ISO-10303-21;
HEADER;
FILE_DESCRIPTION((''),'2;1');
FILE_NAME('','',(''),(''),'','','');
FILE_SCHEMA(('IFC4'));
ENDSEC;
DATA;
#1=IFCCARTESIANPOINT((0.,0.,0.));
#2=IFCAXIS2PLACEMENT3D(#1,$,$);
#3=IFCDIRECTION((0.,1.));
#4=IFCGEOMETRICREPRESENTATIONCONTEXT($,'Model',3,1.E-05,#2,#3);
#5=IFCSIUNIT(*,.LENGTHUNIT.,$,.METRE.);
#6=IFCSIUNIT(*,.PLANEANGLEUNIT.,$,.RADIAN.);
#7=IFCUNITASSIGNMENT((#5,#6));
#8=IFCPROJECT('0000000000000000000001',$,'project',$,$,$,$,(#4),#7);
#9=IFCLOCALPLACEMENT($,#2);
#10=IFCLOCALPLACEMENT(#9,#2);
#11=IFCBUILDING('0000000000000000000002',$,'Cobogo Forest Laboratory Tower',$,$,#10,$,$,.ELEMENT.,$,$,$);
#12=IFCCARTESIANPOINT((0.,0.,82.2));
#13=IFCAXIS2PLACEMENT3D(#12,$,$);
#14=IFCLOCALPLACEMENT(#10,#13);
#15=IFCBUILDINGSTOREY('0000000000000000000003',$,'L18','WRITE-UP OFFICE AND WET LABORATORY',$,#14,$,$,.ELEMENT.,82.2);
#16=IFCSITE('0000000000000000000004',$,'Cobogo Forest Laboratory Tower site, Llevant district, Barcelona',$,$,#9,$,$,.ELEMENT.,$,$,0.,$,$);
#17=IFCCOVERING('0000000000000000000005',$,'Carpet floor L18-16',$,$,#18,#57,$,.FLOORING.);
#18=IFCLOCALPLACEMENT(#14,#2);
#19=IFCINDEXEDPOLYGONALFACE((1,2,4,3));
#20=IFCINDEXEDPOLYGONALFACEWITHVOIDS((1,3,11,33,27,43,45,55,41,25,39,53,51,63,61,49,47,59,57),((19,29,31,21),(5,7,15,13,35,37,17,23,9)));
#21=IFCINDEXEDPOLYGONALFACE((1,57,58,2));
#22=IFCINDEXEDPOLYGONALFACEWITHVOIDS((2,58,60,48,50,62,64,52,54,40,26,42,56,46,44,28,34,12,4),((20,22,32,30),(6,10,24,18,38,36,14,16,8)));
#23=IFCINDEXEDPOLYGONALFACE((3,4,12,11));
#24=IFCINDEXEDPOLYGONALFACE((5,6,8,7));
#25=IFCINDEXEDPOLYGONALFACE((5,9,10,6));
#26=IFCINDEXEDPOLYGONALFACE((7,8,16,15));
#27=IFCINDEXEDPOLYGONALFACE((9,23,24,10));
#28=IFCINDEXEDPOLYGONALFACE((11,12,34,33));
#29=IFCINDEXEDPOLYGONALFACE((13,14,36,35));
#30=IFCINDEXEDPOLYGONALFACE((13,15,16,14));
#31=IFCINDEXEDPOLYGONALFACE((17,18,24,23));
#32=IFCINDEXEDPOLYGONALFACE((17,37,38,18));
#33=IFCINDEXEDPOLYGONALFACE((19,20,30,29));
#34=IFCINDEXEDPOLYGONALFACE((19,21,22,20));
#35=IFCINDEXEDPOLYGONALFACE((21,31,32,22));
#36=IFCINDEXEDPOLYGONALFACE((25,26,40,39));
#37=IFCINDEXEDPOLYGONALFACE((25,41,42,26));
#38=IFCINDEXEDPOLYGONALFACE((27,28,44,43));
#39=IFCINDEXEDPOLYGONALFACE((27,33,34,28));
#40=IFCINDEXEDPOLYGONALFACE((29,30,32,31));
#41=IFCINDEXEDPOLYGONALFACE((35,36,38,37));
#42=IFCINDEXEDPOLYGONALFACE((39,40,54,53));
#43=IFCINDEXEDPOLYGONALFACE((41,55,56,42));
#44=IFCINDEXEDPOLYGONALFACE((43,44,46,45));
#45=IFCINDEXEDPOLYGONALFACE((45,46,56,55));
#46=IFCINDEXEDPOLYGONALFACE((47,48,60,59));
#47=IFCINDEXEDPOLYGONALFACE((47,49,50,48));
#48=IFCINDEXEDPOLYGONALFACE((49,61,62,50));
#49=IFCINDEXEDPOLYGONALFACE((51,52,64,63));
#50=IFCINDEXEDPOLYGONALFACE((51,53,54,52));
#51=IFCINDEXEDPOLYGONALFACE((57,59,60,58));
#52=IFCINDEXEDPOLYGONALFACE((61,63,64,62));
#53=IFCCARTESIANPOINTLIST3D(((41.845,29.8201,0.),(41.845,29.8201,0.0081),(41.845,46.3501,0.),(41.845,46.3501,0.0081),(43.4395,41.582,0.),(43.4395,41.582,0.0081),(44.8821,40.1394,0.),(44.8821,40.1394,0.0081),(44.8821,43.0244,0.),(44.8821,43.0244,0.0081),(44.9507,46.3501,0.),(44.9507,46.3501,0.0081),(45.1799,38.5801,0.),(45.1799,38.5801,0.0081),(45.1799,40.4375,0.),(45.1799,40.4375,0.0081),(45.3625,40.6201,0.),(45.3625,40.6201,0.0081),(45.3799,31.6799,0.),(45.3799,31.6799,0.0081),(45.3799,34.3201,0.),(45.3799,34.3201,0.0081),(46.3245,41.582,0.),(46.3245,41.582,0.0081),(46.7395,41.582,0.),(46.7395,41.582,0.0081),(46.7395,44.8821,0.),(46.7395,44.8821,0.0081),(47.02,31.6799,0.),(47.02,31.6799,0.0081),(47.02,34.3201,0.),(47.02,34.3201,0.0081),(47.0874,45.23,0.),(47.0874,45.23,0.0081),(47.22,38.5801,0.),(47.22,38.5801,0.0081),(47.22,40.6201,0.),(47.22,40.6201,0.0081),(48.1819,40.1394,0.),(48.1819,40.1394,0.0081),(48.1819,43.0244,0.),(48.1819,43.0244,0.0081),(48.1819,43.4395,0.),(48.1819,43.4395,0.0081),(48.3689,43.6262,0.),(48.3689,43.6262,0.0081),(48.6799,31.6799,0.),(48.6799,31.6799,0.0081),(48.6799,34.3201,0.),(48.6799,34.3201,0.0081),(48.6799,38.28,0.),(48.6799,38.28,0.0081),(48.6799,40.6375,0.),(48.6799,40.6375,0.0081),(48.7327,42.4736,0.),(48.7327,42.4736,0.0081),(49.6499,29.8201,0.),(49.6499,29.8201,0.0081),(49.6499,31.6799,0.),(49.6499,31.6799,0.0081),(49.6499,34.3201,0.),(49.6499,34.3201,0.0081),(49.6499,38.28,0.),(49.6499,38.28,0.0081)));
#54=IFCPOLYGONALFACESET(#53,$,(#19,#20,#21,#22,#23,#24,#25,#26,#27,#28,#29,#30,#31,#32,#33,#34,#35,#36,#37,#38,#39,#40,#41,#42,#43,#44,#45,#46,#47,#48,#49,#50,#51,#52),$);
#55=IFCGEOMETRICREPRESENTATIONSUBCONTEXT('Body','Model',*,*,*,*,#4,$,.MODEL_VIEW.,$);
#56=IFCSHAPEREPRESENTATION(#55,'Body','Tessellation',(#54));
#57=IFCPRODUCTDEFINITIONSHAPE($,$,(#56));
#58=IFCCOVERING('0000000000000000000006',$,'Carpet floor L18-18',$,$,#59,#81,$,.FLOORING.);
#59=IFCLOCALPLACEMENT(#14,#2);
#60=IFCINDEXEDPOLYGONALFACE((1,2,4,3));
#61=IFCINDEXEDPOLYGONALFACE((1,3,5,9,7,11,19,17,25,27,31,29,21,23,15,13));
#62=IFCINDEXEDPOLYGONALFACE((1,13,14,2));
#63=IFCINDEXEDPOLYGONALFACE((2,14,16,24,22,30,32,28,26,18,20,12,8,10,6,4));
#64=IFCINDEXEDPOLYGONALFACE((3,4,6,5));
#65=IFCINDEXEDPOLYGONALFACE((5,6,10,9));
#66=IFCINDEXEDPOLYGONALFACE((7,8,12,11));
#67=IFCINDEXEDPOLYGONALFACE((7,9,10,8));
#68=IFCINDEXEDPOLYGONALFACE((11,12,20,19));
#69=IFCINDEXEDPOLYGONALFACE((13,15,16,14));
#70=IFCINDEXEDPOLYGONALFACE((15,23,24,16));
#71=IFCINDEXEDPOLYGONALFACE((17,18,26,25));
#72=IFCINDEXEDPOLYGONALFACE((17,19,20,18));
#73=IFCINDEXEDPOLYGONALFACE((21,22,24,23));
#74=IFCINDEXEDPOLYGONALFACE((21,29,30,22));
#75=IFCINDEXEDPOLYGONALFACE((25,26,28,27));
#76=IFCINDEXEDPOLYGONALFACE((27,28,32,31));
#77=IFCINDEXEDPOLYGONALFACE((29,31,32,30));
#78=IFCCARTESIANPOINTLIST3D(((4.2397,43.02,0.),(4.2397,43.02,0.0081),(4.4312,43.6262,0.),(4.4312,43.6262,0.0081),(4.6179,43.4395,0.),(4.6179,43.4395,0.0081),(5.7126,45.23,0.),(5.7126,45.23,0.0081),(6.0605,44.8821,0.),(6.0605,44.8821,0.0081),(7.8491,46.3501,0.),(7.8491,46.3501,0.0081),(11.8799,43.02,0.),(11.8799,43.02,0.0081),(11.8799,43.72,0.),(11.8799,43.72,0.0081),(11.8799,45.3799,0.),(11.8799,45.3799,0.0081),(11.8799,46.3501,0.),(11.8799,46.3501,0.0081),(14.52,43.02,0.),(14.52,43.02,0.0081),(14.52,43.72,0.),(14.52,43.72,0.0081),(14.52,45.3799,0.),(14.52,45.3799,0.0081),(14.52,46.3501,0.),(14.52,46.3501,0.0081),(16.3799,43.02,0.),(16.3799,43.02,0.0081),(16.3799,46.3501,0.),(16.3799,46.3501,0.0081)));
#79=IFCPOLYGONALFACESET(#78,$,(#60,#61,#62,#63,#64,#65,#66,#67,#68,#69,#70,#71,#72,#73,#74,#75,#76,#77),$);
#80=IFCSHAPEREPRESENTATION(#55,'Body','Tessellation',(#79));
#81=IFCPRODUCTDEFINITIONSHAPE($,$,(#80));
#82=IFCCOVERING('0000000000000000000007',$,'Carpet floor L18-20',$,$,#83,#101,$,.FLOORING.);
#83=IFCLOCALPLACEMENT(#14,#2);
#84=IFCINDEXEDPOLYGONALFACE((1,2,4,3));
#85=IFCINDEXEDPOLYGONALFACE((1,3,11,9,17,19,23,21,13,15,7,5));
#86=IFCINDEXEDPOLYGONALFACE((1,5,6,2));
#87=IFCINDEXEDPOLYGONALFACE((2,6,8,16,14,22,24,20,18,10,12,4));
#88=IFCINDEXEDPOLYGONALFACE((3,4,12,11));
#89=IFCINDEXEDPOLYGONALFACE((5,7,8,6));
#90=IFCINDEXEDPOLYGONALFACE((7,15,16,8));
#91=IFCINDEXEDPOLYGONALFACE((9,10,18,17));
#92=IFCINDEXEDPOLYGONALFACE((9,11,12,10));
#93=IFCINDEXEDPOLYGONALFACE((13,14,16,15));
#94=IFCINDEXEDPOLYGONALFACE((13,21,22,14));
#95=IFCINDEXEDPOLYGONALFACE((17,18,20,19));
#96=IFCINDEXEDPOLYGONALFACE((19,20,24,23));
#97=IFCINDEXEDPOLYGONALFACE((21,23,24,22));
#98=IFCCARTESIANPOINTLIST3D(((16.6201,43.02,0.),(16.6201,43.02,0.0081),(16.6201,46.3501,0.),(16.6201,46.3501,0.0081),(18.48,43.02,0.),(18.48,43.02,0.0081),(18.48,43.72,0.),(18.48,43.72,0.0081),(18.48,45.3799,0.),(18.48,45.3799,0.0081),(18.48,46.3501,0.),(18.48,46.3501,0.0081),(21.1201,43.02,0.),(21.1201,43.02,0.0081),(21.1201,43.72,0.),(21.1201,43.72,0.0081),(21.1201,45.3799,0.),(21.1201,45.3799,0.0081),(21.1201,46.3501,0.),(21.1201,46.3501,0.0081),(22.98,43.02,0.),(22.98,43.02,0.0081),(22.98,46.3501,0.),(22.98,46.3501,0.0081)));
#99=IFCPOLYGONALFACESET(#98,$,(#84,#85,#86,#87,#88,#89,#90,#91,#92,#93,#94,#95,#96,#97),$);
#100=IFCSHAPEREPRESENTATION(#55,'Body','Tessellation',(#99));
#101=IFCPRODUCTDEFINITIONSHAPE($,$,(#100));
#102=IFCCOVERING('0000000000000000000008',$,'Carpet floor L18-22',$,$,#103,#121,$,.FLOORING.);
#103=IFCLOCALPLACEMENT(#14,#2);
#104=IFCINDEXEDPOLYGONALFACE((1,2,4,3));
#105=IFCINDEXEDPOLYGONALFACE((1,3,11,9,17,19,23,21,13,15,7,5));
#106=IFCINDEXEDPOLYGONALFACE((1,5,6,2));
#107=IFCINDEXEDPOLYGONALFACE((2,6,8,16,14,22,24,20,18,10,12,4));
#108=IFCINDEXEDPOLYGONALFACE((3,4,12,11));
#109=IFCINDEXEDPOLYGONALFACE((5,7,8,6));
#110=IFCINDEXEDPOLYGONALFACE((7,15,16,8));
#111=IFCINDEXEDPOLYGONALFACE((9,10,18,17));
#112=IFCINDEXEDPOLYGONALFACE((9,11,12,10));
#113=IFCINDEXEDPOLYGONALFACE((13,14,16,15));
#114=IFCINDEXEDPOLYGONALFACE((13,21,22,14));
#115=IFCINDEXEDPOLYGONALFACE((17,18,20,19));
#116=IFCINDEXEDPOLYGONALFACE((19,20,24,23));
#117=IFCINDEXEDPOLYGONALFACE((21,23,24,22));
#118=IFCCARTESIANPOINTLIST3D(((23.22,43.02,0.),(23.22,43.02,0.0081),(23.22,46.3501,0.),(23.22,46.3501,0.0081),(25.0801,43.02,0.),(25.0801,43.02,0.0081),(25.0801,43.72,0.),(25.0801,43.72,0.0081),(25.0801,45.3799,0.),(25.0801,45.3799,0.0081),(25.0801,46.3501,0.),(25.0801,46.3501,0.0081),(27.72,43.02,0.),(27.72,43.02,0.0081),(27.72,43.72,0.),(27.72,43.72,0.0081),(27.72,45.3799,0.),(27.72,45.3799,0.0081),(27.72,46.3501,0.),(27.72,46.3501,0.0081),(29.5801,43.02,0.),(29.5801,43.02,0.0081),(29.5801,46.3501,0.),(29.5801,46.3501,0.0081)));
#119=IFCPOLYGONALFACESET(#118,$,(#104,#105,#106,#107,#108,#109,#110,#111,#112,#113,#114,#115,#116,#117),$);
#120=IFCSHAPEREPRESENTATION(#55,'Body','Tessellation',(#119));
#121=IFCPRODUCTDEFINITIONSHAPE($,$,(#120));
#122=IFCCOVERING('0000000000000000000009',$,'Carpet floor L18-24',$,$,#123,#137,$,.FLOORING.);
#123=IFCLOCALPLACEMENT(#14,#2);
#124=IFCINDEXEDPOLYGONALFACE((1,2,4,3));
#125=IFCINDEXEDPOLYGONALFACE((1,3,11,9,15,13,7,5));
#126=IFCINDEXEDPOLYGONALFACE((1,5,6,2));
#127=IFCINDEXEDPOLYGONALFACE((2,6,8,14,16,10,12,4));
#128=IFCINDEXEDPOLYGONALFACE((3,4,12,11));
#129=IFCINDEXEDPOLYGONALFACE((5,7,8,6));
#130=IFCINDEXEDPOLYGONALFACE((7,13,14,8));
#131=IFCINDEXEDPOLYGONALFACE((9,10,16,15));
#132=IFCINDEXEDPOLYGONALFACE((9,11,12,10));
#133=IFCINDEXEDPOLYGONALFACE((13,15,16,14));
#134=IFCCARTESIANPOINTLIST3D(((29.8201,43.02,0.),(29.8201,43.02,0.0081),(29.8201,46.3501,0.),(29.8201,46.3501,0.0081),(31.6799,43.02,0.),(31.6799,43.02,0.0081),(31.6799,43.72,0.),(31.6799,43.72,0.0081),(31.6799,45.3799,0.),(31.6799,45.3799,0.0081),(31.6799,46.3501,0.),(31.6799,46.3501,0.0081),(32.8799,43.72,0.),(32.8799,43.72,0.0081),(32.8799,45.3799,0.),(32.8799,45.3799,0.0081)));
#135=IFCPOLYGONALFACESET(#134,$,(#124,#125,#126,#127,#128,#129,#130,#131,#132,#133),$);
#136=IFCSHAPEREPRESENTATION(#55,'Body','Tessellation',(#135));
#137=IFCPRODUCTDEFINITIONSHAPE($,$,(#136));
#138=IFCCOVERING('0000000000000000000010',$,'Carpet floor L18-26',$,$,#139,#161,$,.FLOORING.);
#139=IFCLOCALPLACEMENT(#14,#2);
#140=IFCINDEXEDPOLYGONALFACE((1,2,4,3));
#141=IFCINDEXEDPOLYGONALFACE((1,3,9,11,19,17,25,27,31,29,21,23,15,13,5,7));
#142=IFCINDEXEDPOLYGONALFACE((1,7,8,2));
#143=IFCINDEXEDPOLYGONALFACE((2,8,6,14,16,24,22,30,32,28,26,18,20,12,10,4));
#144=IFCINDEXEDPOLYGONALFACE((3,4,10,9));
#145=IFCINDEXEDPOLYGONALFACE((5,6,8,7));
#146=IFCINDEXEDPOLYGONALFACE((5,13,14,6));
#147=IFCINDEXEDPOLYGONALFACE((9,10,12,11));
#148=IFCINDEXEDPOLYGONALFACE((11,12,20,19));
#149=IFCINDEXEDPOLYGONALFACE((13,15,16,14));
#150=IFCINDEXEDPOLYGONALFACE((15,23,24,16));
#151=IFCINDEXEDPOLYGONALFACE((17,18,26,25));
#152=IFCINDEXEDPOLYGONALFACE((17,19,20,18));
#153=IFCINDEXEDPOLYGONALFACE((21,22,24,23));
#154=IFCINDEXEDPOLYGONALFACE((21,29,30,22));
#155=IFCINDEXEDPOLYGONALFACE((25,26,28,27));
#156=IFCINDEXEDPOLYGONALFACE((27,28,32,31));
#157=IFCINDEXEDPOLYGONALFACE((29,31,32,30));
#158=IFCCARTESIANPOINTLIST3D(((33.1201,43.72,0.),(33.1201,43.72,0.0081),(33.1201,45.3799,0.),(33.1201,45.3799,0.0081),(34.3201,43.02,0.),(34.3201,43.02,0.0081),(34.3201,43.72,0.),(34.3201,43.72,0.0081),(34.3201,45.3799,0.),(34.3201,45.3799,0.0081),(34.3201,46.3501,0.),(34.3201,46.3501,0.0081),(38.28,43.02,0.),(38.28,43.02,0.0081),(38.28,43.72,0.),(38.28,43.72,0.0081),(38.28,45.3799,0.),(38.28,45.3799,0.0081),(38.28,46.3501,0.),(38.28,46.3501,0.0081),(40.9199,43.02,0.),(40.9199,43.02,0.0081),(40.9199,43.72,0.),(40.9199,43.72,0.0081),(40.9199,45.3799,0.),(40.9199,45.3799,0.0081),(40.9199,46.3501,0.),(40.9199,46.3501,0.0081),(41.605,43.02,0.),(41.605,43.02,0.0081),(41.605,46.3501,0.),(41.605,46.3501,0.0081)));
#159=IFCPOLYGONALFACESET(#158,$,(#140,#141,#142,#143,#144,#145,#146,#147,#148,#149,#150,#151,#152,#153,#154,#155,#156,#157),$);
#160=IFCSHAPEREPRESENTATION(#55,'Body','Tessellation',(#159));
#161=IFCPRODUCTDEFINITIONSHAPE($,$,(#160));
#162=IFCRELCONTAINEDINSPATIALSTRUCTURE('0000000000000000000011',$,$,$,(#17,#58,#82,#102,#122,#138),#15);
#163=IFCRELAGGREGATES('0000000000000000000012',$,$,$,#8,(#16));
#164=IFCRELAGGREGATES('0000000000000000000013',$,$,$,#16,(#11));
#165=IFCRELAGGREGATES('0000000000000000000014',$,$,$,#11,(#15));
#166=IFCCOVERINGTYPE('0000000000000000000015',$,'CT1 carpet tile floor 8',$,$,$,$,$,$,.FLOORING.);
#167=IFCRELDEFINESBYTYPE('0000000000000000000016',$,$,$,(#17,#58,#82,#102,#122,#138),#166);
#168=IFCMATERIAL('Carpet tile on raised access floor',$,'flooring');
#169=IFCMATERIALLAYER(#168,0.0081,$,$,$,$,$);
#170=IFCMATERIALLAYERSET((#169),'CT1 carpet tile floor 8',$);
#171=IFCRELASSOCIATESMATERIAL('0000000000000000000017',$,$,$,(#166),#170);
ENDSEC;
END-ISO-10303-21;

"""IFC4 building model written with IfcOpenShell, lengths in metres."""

from ifc_helpers import new_model, si_unit, direction, frame, origin, place, context, subcontext, project, spatial, polyline, outline, extrude, material, layer, layer_set, type_object, element, save


model = new_model("IFC4")

# Units and contexts
model_context = context("Model", 3, precision=1e-05, world=origin(), true_north=direction((0.0, 1.0)))
body_context = subcontext(model_context, "Body", "Model", "MODEL_VIEW")
ifc_project = project(units=[si_unit("LENGTHUNIT", "METRE"), si_unit("PLANEANGLEUNIT", "RADIAN")], contexts=[model_context])

# Site, building, storey
site_placement = place(None, origin())
site = spatial("IfcSite", under=ifc_project, at=site_placement, Name="Cobogo Forest Laboratory Tower site, Llevant district, Barcelona", CompositionType="ELEMENT", RefElevation=0.0)
building_placement = place(site_placement, origin())
building = spatial("IfcBuilding", under=site, at=building_placement, Name="Cobogo Forest Laboratory Tower", CompositionType="ELEMENT")
storey_placement = place(building_placement, frame((0.0, 0.0, 82.2)))
storey = spatial("IfcBuildingStorey", under=building, at=storey_placement, Name="L18", Description="WRITE-UP OFFICE AND WET LABORATORY", CompositionType="ELEMENT", Elevation=82.2)

# Coverings
ifc_material_1 = material(Name="Carpet tile on raised access floor", Category="flooring")
ifc_layer_1 = layer(ifc_material_1, 0.0081)
ifc_layer_set_1 = layer_set([ifc_layer_1], Name="CT1 carpet tile floor 8")
covering_type_1 = type_object("IfcCoveringType", Name="CT1 carpet tile floor 8", PredefinedType="FLOORING", material=ifc_layer_set_1)
covering_1_placement = place(storey_placement, origin())
element("IfcCovering", 1, at=covering_1_placement, inside=storey, type_object=covering_type_1, Name="Carpet floor L18-16", PredefinedType="FLOORING", context=body_context, shape_type="SweptSolid", body=[
    extrude(outline(polyline([(41.845, 46.3501), (44.9507, 46.3501), (47.0874, 45.23), (46.7395, 44.8821), (48.1819, 43.4395), (48.3689, 43.6262), (48.7327, 42.4736), (48.1819, 43.0244), (46.7395, 41.582), (48.1819, 40.1394), (48.6799, 40.6375), (48.6799, 38.28), (49.6499, 38.28), (49.6499, 34.3201), (48.6799, 34.3201), (48.6799, 31.6799), (49.6499, 31.6799), (49.6499, 29.8201), (41.845, 29.8201), (41.845, 46.3501)]), holes=[polyline([(43.4395, 41.582), (44.8821, 40.1394), (45.1799, 40.4375), (45.1799, 38.5801), (47.22, 38.5801), (47.22, 40.6201), (45.3625, 40.6201), (46.3245, 41.582), (44.8821, 43.0244), (43.4395, 41.582)]), polyline([(47.02, 31.6799), (47.02, 34.3201), (45.3799, 34.3201), (45.3799, 31.6799), (47.02, 31.6799)])]), origin(), (0.0, 0.0, 1.0), 0.0081),
])
covering_2_placement = place(storey_placement, origin())
element("IfcCovering", 2, at=covering_2_placement, inside=storey, type_object=covering_type_1, Name="Carpet floor L18-18", PredefinedType="FLOORING", context=body_context, shape_type="SweptSolid", body=[
    extrude(outline(polyline([(14.52, 43.02), (14.52, 43.72), (11.8799, 43.72), (11.8799, 43.02), (4.2397, 43.02), (4.4312, 43.6262), (4.6179, 43.4395), (6.0605, 44.8821), (5.7126, 45.23), (7.8491, 46.3501), (11.8799, 46.3501), (11.8799, 45.3799), (14.52, 45.3799), (14.52, 46.3501), (16.3799, 46.3501), (16.3799, 43.02), (14.52, 43.02)])), origin(), (0.0, 0.0, 1.0), 0.0081),
])
covering_3_placement = place(storey_placement, origin())
element("IfcCovering", 3, at=covering_3_placement, inside=storey, type_object=covering_type_1, Name="Carpet floor L18-20", PredefinedType="FLOORING", context=body_context, shape_type="SweptSolid", body=[
    extrude(outline(polyline([(21.1201, 43.02), (21.1201, 43.72), (18.48, 43.72), (18.48, 43.02), (16.6201, 43.02), (16.6201, 46.3501), (18.48, 46.3501), (18.48, 45.3799), (21.1201, 45.3799), (21.1201, 46.3501), (22.98, 46.3501), (22.98, 43.02), (21.1201, 43.02)])), origin(), (0.0, 0.0, 1.0), 0.0081),
])
covering_4_placement = place(storey_placement, origin())
element("IfcCovering", 4, at=covering_4_placement, inside=storey, type_object=covering_type_1, Name="Carpet floor L18-22", PredefinedType="FLOORING", context=body_context, shape_type="SweptSolid", body=[
    extrude(outline(polyline([(27.72, 43.02), (27.72, 43.72), (25.0801, 43.72), (25.0801, 43.02), (23.22, 43.02), (23.22, 46.3501), (25.0801, 46.3501), (25.0801, 45.3799), (27.72, 45.3799), (27.72, 46.3501), (29.5801, 46.3501), (29.5801, 43.02), (27.72, 43.02)])), origin(), (0.0, 0.0, 1.0), 0.0081),
])
covering_5_placement = place(storey_placement, origin())
element("IfcCovering", 5, at=covering_5_placement, inside=storey, type_object=covering_type_1, Name="Carpet floor L18-24", PredefinedType="FLOORING", context=body_context, shape_type="SweptSolid", body=[
    extrude(outline(polyline([(29.8201, 43.02), (29.8201, 46.3501), (31.6799, 46.3501), (31.6799, 45.3799), (32.8799, 45.3799), (32.8799, 43.72), (31.6799, 43.72), (31.6799, 43.02), (29.8201, 43.02)])), origin(), (0.0, 0.0, 1.0), 0.0081),
])
covering_6_placement = place(storey_placement, origin())
element("IfcCovering", 6, at=covering_6_placement, inside=storey, type_object=covering_type_1, Name="Carpet floor L18-26", PredefinedType="FLOORING", context=body_context, shape_type="SweptSolid", body=[
    extrude(outline(polyline([(40.9199, 43.02), (40.9199, 43.72), (38.28, 43.72), (38.28, 43.02), (34.3201, 43.02), (34.3201, 43.72), (33.1201, 43.72), (33.1201, 45.3799), (34.3201, 45.3799), (34.3201, 46.3501), (38.28, 46.3501), (38.28, 45.3799), (40.9199, 45.3799), (40.9199, 46.3501), (41.605, 46.3501), (41.605, 43.02), (40.9199, 43.02)])), origin(), (0.0, 0.0, 1.0), 0.0081),
])

save(model, "model.ifc")
